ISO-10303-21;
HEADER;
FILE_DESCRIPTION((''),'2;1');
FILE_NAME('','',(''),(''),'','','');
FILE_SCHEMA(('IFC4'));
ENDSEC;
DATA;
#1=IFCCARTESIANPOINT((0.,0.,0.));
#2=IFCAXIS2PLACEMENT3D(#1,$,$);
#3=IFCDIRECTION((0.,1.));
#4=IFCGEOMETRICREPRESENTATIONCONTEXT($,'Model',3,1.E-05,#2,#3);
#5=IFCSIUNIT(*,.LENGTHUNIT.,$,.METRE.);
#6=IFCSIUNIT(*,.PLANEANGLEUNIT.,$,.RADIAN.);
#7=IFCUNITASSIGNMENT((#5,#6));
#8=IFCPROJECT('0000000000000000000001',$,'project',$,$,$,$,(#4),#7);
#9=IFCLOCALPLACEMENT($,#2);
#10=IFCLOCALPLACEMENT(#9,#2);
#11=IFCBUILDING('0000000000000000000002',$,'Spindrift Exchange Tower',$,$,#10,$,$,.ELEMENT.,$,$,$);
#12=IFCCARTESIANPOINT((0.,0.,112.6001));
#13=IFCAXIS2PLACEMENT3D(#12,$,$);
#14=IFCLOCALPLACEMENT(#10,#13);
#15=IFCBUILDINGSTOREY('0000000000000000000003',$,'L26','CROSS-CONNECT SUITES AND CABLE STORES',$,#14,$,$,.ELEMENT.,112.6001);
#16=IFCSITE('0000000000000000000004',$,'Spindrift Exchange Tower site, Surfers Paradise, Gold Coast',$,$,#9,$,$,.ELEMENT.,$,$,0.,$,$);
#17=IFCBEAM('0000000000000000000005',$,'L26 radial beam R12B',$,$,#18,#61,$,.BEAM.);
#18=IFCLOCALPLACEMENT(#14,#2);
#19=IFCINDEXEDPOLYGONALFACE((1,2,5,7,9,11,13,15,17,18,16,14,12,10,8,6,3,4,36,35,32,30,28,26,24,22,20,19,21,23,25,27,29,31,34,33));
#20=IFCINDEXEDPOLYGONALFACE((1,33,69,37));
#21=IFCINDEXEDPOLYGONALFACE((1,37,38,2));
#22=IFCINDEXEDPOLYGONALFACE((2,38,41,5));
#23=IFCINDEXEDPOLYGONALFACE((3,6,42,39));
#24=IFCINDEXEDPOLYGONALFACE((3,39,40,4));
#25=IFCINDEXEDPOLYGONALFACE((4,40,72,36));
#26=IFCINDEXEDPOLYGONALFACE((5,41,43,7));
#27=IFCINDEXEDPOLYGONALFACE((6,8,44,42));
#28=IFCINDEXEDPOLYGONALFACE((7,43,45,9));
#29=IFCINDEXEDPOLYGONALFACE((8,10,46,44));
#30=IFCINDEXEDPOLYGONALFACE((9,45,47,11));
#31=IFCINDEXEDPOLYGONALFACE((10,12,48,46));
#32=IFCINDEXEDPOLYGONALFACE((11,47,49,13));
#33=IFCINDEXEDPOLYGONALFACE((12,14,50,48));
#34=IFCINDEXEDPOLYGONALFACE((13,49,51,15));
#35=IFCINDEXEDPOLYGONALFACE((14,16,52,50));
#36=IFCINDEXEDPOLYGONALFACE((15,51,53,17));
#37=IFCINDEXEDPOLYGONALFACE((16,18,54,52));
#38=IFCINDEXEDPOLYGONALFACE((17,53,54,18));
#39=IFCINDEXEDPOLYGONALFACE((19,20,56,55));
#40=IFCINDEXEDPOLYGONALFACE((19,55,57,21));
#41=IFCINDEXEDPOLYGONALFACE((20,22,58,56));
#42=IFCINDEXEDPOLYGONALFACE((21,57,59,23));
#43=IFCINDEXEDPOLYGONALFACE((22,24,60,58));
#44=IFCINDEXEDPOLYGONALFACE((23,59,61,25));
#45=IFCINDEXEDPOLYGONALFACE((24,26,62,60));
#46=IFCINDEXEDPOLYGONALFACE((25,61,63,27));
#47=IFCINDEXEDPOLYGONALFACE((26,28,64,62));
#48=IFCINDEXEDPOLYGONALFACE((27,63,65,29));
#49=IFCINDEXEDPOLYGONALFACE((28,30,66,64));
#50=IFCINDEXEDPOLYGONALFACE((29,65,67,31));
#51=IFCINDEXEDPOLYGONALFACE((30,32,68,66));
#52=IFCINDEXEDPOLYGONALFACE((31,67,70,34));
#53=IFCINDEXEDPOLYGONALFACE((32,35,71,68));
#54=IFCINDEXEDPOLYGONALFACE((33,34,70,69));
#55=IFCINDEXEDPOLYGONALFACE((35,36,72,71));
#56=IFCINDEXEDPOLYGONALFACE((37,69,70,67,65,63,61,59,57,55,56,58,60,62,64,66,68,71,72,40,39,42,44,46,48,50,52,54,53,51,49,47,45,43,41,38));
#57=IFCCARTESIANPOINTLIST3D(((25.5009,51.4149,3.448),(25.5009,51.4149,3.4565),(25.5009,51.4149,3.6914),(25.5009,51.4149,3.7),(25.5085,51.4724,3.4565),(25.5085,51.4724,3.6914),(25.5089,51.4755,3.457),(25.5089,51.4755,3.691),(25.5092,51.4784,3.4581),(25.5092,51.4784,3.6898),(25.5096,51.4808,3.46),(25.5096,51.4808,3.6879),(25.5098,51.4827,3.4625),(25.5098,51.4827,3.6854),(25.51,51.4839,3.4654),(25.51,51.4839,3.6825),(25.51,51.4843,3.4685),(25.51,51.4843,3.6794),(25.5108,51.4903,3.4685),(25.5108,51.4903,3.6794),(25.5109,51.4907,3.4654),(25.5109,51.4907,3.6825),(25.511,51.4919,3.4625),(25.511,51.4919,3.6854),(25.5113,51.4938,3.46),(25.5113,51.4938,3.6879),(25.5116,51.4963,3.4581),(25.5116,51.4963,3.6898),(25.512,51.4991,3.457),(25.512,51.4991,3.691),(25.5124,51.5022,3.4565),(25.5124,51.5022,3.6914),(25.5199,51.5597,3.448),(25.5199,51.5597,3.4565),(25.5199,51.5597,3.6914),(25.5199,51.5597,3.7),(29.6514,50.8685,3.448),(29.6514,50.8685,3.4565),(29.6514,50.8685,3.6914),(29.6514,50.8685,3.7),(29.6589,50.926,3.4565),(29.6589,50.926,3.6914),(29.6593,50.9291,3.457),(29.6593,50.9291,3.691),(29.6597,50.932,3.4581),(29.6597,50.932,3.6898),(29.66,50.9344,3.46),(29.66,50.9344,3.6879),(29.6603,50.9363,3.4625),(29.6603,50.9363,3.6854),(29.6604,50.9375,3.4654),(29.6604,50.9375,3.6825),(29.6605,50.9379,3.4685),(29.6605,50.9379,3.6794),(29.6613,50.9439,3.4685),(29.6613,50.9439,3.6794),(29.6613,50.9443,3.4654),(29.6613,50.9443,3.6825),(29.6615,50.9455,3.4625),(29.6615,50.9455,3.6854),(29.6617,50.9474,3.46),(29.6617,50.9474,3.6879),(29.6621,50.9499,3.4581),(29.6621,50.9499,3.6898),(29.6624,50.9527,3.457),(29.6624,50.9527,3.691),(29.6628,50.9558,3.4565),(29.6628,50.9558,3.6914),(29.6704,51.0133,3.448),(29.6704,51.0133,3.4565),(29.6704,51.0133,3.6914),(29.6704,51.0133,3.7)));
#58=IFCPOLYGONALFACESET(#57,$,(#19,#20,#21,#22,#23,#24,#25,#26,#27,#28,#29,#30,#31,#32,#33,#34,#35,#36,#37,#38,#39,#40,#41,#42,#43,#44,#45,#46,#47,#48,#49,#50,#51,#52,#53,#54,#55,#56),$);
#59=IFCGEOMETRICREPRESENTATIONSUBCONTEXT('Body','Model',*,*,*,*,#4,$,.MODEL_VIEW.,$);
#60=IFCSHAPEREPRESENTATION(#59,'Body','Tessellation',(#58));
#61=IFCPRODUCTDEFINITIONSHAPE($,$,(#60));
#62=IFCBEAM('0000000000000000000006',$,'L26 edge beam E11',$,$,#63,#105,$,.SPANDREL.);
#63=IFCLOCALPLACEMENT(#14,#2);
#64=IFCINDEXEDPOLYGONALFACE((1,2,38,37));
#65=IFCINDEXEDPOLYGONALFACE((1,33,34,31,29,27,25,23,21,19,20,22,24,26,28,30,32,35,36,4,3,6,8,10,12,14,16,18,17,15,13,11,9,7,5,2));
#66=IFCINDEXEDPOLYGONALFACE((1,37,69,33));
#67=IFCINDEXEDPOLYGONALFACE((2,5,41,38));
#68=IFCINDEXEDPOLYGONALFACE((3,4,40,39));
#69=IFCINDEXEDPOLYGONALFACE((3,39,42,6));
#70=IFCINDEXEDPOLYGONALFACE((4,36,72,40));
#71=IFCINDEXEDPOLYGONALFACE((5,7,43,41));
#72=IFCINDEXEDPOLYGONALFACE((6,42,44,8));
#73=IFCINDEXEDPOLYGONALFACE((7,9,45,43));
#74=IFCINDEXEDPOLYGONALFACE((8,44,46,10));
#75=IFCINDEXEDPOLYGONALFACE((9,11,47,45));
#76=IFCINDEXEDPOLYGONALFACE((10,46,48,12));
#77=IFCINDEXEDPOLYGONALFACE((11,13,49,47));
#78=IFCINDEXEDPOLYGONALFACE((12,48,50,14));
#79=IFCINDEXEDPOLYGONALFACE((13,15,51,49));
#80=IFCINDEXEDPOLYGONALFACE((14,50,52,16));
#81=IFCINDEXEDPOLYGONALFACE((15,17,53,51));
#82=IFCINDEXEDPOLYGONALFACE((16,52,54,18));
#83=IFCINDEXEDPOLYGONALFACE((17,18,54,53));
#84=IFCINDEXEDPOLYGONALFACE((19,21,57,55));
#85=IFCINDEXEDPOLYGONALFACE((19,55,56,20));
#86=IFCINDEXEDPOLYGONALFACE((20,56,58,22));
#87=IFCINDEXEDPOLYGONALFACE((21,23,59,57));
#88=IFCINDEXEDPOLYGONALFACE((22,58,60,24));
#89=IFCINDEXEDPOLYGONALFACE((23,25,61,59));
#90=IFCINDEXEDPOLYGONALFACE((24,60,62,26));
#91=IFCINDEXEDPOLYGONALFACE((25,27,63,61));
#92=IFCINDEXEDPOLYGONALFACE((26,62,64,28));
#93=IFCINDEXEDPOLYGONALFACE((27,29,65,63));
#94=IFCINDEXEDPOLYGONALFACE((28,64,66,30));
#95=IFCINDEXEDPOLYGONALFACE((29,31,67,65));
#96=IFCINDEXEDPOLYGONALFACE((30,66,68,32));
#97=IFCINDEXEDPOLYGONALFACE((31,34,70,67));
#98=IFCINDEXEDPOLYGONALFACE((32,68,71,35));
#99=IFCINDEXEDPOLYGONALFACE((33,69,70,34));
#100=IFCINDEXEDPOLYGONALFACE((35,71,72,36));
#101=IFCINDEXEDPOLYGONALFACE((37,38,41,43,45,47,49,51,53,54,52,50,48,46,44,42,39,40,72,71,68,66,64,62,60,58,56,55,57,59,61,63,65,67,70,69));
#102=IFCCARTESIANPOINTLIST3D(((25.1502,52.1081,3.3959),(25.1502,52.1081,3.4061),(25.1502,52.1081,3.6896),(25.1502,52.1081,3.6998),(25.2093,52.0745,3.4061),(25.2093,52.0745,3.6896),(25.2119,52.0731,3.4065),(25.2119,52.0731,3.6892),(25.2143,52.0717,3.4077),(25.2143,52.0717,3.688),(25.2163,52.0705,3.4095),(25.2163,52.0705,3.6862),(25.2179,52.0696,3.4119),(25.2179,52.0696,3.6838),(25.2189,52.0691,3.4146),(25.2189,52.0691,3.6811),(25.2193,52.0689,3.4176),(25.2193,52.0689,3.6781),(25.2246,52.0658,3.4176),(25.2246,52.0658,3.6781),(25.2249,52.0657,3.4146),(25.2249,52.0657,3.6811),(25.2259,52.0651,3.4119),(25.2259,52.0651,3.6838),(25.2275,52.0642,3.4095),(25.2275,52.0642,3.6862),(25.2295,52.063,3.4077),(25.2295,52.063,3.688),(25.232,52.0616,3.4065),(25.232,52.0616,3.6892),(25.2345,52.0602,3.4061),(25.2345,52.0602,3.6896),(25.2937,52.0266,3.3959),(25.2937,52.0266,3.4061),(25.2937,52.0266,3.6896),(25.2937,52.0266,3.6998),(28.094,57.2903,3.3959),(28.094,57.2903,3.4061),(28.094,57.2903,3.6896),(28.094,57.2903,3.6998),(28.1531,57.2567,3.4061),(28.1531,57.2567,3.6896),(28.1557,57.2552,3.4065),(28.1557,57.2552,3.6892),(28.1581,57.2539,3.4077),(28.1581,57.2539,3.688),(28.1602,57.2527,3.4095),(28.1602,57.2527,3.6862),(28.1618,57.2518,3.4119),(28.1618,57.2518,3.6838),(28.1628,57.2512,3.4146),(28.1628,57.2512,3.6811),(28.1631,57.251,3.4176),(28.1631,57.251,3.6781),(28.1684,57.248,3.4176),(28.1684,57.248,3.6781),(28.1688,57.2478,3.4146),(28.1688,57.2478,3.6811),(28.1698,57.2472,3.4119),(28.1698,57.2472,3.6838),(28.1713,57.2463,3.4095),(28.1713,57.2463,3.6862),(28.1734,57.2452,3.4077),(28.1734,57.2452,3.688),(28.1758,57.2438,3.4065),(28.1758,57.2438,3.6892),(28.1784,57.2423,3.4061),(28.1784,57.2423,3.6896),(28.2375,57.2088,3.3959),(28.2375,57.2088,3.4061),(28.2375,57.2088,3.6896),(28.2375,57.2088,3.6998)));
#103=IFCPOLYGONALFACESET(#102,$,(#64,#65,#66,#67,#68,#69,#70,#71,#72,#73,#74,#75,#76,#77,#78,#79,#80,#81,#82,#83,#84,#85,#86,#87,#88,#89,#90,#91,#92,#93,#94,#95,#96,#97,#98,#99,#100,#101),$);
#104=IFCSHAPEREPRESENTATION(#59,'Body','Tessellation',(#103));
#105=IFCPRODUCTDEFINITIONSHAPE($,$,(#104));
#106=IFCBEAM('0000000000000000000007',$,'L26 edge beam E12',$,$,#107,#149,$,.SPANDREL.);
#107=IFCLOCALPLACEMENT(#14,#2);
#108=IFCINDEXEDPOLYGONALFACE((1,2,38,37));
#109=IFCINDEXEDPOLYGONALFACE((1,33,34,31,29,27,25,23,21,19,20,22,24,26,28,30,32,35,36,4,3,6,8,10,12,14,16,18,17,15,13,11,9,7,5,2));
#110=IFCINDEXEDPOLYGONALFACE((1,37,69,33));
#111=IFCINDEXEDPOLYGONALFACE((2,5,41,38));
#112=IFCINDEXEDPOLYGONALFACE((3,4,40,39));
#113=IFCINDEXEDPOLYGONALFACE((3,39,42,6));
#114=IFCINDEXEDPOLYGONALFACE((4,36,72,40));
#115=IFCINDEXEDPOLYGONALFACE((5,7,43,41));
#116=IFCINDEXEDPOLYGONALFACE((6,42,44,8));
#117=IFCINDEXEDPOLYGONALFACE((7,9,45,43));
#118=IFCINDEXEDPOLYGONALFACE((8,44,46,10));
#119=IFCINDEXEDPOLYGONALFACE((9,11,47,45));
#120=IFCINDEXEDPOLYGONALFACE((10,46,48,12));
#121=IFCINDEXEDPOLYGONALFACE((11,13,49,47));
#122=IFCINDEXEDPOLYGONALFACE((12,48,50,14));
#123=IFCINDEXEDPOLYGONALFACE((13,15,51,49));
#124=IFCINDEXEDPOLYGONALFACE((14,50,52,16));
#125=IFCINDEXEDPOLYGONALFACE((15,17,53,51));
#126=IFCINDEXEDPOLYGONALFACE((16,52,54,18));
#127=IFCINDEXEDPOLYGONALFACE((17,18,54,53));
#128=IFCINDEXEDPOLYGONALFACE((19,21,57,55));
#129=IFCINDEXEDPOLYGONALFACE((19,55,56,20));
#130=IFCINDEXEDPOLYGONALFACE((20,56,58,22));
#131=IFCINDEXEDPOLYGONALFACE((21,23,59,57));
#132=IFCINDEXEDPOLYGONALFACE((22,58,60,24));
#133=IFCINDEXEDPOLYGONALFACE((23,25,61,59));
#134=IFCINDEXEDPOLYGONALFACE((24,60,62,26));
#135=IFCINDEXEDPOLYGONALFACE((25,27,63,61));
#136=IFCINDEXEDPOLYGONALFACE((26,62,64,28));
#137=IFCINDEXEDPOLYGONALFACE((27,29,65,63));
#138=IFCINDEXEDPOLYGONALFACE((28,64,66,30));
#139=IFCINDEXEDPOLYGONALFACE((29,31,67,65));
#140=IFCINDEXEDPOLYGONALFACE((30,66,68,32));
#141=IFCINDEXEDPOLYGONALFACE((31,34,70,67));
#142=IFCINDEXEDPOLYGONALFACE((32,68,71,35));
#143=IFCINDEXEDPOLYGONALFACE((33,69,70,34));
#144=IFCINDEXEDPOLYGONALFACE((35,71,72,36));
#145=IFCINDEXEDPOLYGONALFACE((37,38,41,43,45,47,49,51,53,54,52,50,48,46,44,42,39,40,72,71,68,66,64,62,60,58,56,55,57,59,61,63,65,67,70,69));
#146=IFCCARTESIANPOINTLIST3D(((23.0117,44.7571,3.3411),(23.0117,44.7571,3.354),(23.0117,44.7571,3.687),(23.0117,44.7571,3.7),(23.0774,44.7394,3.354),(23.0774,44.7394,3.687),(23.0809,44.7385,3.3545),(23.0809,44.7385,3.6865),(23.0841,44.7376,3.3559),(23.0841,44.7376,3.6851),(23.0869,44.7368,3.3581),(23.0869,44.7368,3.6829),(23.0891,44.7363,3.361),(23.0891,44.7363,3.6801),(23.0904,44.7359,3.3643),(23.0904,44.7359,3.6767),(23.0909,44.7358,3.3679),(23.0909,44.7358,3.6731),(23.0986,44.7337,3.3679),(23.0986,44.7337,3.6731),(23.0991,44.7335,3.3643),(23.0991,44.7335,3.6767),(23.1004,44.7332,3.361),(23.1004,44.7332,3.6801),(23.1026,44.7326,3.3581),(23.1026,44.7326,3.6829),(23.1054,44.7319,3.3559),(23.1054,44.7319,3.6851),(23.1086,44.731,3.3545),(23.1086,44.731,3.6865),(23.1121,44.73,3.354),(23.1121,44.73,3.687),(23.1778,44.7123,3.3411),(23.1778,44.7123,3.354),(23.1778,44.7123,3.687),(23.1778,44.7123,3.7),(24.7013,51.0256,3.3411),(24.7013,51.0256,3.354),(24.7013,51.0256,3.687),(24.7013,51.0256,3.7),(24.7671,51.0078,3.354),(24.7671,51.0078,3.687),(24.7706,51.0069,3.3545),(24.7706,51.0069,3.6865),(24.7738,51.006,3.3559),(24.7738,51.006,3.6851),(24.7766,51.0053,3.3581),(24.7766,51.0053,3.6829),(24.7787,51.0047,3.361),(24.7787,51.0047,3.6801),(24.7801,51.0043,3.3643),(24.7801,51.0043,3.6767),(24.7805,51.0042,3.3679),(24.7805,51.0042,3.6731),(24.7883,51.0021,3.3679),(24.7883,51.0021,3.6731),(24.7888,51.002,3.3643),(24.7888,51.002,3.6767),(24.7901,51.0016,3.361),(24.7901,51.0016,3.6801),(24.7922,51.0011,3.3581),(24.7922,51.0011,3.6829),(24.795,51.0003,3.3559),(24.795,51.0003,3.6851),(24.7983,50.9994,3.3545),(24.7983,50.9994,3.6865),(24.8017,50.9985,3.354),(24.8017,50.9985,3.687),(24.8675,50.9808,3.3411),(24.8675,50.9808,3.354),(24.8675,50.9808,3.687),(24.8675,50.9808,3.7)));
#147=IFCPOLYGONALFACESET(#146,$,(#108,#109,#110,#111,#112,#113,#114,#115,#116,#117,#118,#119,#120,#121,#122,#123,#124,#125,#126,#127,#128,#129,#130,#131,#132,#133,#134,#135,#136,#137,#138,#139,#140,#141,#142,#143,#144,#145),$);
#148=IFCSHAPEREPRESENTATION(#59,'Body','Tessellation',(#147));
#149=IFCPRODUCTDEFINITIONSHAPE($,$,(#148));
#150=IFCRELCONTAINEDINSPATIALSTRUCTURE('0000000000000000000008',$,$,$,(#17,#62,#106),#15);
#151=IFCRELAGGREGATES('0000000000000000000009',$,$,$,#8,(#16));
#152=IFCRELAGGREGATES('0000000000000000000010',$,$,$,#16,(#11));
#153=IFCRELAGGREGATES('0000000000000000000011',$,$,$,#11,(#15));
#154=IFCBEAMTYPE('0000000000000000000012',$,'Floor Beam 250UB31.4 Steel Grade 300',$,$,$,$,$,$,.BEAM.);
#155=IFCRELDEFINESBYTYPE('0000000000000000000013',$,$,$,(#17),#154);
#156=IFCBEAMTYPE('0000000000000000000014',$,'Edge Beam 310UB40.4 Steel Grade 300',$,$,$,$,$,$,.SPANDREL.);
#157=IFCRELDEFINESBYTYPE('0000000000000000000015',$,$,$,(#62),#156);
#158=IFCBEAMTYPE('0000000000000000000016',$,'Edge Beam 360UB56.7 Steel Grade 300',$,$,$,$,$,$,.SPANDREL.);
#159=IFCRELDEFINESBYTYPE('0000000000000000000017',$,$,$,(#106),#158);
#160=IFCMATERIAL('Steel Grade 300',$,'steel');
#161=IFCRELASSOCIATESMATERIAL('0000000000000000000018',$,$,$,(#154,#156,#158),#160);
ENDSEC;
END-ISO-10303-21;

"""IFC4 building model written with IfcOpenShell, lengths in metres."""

from ifc_helpers import new_model, si_unit, direction, frame, origin, origin_2d, place, context, subcontext, project, spatial, i_section, extrude, source, transform, mapped, material, material_profile, profile_set, type_object, element, save


model = new_model("IFC4")

# Units and contexts
model_context = context("Model", 3, precision=1e-05, world=origin(), true_north=direction((0.0, 1.0)))
body_context = subcontext(model_context, "Body", "Model", "MODEL_VIEW")
ifc_project = project(units=[si_unit("LENGTHUNIT", "METRE"), si_unit("PLANEANGLEUNIT", "RADIAN")], contexts=[model_context])

# Site, building, storey
site_placement = place(None, origin())
site = spatial("IfcSite", under=ifc_project, at=site_placement, Name="Spindrift Exchange Tower site, Surfers Paradise, Gold Coast", CompositionType="ELEMENT", RefElevation=0.0)
building_placement = place(site_placement, origin())
building = spatial("IfcBuilding", under=site, at=building_placement, Name="Spindrift Exchange Tower", CompositionType="ELEMENT")
storey_placement = place(building_placement, frame((0.0, 0.0, 112.6001)))
storey = spatial("IfcBuildingStorey", under=building, at=storey_placement, Name="L26", Description="CROSS-CONNECT SUITES AND CABLE STORES", CompositionType="ELEMENT", Elevation=112.6001)

# Beams
ifc_material_1 = material(Name="Steel Grade 300", Category="steel")
ifc_material_profile_1 = material_profile(ifc_material_1, i_section(OverallWidth=0.146, OverallDepth=0.252, WebThickness=0.0061, FlangeThickness=0.0085, FilletRadius=0.012, at=origin_2d()), Name="250UB31.4")
ifc_profile_set_1 = profile_set([ifc_material_profile_1], Name="Steel Grade 300")
beam_type_1 = type_object("IfcBeamType", Name="Floor Beam 250UB31.4 Steel Grade 300", PredefinedType="BEAM", material=ifc_profile_set_1)
shared_shape_1 = source(origin(), body_context, "Body", "SweptSolid", [
    extrude(i_section(OverallWidth=0.146, OverallDepth=0.252, WebThickness=0.0061, FlangeThickness=0.0085, FilletRadius=0.012, at=origin_2d()), origin(), (0.0, 0.0, 1.0), 4.1863),
])
beam_1_placement = place(storey_placement, frame((29.6609, 50.9409, 3.574), z_axis=(-0.991446, 0.130521, 0.0), x_axis=(-0.130521, -0.991446, 0.0)))
element("IfcBeam", 1, at=beam_1_placement, inside=storey, type_object=beam_type_1, Name="L26 radial beam R12B", PredefinedType="BEAM", context=body_context, shape_type="MappedRepresentation", body=[
    mapped(shared_shape_1, transform((0.0, 0.0, 0.0), scale=1.0)),
])
ifc_material_profile_2 = material_profile(ifc_material_1, i_section(OverallWidth=0.165, OverallDepth=0.304, WebThickness=0.0061, FlangeThickness=0.0103, FilletRadius=0.0115, at=origin_2d()), Name="310UB40.4")
ifc_profile_set_2 = profile_set([ifc_material_profile_2], Name="Steel Grade 300")
beam_type_2 = type_object("IfcBeamType", Name="Edge Beam 310UB40.4 Steel Grade 300", PredefinedType="SPANDREL", material=ifc_profile_set_2)
shared_shape_2 = source(origin(), body_context, "Body", "SweptSolid", [
    extrude(i_section(OverallWidth=0.165, OverallDepth=0.304, WebThickness=0.0061, FlangeThickness=0.0103, FilletRadius=0.0115, at=origin_2d()), origin(), (0.0, 0.0, 1.0), 5.96),
])
beam_2_placement = place(storey_placement, frame((28.1658, 57.2495, 3.5479), z_axis=(-0.49394, -0.869496, 0.0), x_axis=(0.869496, -0.49394, 0.0)))
element("IfcBeam", 2, at=beam_2_placement, inside=storey, type_object=beam_type_2, Name="L26 edge beam E11", PredefinedType="SPANDREL", context=body_context, shape_type="MappedRepresentation", body=[
    mapped(shared_shape_2, transform((0.0, 0.0, 0.0), scale=1.0)),
])
ifc_material_profile_3 = material_profile(ifc_material_1, i_section(OverallWidth=0.1721, OverallDepth=0.3589, WebThickness=0.0081, FlangeThickness=0.0129, FilletRadius=0.0139, at=origin_2d()), Name="360UB56.7")
ifc_profile_set_3 = profile_set([ifc_material_profile_3], Name="Steel Grade 300")
beam_type_3 = type_object("IfcBeamType", Name="Edge Beam 360UB56.7 Steel Grade 300", PredefinedType="SPANDREL", material=ifc_profile_set_3)
shared_shape_3 = source(origin(), body_context, "Body", "SweptSolid", [
    extrude(i_section(OverallWidth=0.1721, OverallDepth=0.3589, WebThickness=0.0081, FlangeThickness=0.0129, FilletRadius=0.0139, at=origin_2d()), origin(), (0.0, 0.0, 1.0), 6.4922),
])
beam_3_placement = place(storey_placement, frame((24.7844, 51.0032, 3.5205), z_axis=(-0.260262, -0.965538, 0.0), x_axis=(0.965538, -0.260262, 0.0)))
element("IfcBeam", 3, at=beam_3_placement, inside=storey, type_object=beam_type_3, Name="L26 edge beam E12", PredefinedType="SPANDREL", context=body_context, shape_type="MappedRepresentation", body=[
    mapped(shared_shape_3, transform((0.0, 0.0, 0.0), scale=1.0)),
])

save(model, "model.ifc")
